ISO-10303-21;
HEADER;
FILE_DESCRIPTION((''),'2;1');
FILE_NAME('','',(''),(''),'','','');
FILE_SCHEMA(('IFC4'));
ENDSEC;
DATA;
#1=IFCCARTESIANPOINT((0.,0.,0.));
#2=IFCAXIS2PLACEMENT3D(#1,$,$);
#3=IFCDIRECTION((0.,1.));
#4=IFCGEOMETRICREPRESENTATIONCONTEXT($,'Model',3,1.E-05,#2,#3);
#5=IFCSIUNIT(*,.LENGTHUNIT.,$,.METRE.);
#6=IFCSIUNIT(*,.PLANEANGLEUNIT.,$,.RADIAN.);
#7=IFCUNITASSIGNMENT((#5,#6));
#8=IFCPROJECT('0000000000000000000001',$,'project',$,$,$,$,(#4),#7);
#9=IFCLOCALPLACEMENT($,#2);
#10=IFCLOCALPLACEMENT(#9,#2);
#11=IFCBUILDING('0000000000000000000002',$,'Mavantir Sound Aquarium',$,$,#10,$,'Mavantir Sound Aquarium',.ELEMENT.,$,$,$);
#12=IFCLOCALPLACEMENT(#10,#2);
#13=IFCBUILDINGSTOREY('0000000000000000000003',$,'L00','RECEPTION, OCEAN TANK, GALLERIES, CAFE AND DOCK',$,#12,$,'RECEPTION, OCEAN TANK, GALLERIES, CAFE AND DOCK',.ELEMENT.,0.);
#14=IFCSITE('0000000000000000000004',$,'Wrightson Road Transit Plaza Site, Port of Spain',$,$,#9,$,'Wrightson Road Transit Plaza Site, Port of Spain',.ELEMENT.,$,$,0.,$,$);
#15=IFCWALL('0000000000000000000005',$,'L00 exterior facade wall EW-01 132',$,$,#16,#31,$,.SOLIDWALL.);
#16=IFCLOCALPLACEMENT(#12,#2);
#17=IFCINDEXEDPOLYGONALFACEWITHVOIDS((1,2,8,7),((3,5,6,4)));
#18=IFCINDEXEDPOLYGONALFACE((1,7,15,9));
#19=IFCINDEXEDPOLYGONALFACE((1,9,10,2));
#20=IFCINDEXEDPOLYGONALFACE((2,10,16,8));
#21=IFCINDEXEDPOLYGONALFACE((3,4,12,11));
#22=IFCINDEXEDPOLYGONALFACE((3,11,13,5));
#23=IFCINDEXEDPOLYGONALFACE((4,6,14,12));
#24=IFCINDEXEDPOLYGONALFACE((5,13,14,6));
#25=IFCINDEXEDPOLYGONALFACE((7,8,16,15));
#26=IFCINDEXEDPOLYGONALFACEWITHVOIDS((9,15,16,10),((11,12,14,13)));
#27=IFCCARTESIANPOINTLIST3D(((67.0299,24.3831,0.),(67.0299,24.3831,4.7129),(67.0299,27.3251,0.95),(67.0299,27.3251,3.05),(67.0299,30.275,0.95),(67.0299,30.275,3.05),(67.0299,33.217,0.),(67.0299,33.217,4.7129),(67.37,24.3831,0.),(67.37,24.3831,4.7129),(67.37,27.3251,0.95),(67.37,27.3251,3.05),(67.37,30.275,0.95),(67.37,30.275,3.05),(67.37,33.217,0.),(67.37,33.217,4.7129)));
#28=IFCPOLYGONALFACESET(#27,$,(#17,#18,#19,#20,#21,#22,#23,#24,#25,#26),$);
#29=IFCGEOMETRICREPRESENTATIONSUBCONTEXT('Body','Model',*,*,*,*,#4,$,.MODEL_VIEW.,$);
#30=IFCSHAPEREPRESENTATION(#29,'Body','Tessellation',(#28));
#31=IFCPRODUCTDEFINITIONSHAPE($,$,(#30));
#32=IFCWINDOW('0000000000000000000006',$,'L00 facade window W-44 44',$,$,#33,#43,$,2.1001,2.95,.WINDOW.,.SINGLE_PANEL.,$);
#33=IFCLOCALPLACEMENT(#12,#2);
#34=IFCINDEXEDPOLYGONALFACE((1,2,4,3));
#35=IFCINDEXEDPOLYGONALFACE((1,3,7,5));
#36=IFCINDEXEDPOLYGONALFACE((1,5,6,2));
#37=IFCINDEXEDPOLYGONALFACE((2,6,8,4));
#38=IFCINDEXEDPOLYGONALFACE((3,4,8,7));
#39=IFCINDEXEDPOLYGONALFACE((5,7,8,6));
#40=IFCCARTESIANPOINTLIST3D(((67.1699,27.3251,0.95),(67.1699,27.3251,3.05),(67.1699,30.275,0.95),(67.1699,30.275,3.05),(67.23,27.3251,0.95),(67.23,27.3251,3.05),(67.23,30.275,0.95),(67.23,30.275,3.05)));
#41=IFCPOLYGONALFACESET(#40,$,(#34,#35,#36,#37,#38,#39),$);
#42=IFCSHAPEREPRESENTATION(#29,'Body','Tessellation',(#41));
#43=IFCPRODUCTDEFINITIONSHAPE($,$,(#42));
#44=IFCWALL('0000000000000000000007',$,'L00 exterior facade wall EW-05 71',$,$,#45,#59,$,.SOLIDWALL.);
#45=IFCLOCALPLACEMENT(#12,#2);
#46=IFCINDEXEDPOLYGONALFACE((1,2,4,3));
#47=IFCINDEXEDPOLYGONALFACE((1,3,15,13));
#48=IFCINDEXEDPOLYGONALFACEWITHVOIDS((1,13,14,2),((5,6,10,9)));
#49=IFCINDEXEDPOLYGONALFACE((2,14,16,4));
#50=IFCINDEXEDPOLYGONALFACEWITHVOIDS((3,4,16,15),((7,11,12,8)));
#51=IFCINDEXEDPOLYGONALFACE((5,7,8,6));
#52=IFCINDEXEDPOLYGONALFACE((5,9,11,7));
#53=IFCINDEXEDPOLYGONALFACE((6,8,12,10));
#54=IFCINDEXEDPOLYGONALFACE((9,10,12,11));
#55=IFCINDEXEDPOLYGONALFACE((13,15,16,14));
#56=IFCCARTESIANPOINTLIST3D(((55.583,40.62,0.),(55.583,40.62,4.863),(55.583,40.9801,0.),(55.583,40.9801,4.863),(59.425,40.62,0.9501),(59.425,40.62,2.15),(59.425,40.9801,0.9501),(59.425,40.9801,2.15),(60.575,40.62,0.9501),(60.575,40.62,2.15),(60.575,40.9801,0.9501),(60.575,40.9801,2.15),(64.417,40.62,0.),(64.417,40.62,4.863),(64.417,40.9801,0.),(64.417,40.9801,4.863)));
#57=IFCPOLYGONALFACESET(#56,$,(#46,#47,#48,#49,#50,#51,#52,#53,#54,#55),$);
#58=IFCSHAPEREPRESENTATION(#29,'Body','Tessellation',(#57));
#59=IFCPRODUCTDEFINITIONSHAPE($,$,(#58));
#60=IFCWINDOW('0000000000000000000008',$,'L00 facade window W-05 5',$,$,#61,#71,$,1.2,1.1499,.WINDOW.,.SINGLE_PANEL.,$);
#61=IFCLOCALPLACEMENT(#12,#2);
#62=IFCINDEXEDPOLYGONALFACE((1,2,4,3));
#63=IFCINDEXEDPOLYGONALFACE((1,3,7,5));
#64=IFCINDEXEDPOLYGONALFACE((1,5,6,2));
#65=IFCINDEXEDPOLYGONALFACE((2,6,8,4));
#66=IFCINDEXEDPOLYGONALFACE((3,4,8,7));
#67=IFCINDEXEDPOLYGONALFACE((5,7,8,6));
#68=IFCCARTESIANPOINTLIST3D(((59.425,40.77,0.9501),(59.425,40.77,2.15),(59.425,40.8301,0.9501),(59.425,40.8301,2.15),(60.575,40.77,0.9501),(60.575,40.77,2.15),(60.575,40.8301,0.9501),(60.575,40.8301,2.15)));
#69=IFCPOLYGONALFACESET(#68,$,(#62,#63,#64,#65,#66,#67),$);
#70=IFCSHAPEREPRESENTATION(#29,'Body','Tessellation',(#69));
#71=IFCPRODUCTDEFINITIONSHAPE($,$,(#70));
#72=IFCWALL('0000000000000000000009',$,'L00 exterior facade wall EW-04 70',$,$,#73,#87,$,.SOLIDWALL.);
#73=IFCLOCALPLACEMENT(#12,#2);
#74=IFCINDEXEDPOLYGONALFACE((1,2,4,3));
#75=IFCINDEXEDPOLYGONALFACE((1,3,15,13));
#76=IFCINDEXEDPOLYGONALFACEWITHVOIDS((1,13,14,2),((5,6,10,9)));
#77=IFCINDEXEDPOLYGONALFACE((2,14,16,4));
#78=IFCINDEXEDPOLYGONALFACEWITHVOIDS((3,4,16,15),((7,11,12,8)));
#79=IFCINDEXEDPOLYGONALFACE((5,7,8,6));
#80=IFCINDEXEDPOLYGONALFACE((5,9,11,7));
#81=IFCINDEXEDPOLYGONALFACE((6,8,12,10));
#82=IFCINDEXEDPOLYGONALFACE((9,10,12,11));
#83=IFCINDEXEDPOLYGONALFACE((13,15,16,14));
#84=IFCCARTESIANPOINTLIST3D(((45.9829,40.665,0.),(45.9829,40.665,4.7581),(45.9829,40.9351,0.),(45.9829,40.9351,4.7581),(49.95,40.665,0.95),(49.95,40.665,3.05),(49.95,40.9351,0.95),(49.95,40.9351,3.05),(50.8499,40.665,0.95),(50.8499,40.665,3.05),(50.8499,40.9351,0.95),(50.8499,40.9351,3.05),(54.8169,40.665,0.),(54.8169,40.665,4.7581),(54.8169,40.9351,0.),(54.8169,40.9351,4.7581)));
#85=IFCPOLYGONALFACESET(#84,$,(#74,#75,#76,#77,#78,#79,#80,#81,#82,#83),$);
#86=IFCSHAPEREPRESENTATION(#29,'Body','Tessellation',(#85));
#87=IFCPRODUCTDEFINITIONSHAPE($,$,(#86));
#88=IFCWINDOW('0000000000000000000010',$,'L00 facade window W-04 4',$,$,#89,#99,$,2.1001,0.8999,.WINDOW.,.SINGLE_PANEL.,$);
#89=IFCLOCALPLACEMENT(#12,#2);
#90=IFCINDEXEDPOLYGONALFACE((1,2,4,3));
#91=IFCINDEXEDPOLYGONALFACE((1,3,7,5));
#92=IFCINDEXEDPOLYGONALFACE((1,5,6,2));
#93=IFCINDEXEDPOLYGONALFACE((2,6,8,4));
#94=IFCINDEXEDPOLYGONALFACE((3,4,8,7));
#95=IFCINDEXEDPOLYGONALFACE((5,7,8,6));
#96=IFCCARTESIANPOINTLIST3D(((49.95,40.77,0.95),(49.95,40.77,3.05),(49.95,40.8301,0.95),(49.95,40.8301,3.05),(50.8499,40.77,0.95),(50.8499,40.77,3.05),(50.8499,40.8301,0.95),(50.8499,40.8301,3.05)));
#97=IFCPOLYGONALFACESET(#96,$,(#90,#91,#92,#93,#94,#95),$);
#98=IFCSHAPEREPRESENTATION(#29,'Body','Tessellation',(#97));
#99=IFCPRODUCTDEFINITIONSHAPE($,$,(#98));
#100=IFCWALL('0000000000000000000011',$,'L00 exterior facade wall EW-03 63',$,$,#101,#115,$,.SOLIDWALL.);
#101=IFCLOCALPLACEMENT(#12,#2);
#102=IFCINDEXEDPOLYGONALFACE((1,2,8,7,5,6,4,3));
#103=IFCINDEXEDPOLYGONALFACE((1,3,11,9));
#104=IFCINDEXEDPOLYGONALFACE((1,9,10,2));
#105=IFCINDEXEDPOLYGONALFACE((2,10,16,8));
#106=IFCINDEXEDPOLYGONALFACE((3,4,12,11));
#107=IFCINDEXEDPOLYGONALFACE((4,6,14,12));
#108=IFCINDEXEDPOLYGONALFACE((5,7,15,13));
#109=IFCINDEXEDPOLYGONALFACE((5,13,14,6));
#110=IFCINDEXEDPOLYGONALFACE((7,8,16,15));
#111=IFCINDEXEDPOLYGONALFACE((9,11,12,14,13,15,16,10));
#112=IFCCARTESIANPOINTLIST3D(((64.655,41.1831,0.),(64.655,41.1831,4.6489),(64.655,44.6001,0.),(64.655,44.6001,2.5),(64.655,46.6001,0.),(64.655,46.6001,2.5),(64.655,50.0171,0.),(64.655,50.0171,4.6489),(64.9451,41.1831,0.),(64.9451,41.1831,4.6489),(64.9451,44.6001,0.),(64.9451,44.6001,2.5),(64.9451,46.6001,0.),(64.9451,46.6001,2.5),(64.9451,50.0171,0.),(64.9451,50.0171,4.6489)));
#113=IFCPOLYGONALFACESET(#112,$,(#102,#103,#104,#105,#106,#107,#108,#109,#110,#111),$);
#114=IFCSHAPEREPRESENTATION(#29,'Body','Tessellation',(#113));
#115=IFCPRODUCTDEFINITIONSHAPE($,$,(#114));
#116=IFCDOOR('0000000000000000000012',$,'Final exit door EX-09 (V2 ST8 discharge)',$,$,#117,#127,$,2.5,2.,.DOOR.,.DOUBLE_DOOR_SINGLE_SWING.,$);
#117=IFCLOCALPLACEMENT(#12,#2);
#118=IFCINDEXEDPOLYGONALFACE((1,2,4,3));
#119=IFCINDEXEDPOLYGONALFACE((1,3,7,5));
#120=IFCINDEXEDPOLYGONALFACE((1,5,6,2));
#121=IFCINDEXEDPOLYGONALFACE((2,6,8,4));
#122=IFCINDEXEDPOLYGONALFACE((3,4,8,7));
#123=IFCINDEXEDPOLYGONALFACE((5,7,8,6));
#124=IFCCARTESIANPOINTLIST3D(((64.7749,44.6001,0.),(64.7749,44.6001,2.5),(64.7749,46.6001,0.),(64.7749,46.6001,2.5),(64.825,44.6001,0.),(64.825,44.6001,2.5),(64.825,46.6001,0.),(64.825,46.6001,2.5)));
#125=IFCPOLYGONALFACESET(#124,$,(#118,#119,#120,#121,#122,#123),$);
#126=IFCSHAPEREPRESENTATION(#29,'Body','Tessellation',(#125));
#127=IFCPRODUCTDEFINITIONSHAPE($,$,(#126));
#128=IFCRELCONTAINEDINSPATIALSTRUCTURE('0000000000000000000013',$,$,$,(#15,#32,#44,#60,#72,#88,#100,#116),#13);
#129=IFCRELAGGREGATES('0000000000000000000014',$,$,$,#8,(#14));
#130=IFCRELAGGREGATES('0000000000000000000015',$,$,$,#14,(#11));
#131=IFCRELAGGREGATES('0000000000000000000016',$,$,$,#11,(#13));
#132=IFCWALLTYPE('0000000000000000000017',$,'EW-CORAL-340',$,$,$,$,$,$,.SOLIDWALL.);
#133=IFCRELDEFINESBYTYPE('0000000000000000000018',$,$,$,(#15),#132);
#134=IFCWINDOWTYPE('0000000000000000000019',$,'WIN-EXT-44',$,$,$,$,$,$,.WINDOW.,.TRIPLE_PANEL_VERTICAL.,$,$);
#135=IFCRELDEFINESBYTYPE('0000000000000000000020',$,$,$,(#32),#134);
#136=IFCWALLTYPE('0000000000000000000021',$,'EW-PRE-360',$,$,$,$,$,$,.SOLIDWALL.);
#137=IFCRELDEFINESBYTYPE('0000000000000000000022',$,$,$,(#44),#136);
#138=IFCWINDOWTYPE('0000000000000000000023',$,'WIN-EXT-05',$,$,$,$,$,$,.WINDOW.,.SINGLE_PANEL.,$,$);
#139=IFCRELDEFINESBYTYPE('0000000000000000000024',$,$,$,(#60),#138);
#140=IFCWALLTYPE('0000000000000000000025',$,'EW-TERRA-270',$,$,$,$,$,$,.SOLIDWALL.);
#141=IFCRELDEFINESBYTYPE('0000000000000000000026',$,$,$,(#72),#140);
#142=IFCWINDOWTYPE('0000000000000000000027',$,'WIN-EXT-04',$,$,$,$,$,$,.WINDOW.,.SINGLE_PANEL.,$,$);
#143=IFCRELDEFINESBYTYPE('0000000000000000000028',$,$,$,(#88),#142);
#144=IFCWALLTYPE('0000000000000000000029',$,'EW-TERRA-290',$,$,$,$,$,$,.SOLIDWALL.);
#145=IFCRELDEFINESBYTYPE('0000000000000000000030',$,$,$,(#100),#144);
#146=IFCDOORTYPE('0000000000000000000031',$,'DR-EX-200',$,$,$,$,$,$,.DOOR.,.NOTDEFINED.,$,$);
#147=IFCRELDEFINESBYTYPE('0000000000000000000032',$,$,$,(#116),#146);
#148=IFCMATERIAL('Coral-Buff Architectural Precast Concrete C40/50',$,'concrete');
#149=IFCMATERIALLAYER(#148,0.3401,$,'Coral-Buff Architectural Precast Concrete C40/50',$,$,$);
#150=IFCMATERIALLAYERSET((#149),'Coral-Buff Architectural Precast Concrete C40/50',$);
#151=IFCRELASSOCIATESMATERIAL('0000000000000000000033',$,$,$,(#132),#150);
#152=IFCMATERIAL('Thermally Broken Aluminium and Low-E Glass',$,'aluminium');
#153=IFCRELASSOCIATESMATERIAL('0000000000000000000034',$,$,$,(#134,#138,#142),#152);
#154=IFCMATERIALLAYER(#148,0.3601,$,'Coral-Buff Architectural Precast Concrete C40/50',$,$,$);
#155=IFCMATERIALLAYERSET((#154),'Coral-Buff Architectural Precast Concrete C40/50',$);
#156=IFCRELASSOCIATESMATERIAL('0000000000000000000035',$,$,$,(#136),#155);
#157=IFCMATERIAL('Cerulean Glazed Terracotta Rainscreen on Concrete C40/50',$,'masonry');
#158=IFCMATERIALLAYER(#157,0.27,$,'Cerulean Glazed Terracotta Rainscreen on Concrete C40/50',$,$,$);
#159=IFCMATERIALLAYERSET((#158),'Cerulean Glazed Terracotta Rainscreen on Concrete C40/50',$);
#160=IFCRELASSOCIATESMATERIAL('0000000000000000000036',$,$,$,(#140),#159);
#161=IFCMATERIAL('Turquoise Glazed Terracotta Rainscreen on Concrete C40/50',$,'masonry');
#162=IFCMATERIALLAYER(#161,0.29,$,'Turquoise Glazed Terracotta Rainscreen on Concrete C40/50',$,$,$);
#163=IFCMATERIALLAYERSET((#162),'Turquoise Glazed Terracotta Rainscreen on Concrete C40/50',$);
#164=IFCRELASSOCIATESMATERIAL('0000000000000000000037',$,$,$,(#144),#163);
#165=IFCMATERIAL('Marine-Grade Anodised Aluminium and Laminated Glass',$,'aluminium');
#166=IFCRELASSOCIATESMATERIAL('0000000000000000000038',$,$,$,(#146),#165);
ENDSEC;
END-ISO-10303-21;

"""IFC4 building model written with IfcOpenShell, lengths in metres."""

from ifc_helpers import new_model, si_unit, direction, frame, frame_2d, origin, place, context, subcontext, project, spatial, rectangle, extrude, material, layer, layer_set, type_object, element, fill, save


model = new_model("IFC4")

# Units and contexts
model_context = context("Model", 3, precision=1e-05, world=origin(), true_north=direction((0.0, 1.0)))
body_context = subcontext(model_context, "Body", "Model", "MODEL_VIEW")
ifc_project = project(units=[si_unit("LENGTHUNIT", "METRE"), si_unit("PLANEANGLEUNIT", "RADIAN")], contexts=[model_context])

# Site, building, storey
site_placement = place(None, origin())
site = spatial("IfcSite", under=ifc_project, at=site_placement, Name="Wrightson Road Transit Plaza Site, Port of Spain", LongName="Wrightson Road Transit Plaza Site, Port of Spain", CompositionType="ELEMENT", RefElevation=0.0)
building_placement = place(site_placement, origin())
building = spatial("IfcBuilding", under=site, at=building_placement, Name="Mavantir Sound Aquarium", LongName="Mavantir Sound Aquarium", CompositionType="ELEMENT")
storey_placement = place(building_placement, origin())
storey = spatial("IfcBuildingStorey", under=building, at=storey_placement, Name="L00", Description="RECEPTION, OCEAN TANK, GALLERIES, CAFE AND DOCK", LongName="RECEPTION, OCEAN TANK, GALLERIES, CAFE AND DOCK", CompositionType="ELEMENT", Elevation=0.0)

# Walls, openings, windows
ifc_material_1 = material(Name="Coral-Buff Architectural Precast Concrete C40/50", Category="concrete")
ifc_layer_1 = layer(ifc_material_1, 0.3401, Name="Coral-Buff Architectural Precast Concrete C40/50")
ifc_layer_set_1 = layer_set([ifc_layer_1], Name="Coral-Buff Architectural Precast Concrete C40/50")
wall_type_1 = type_object("IfcWallType", Name="EW-CORAL-340", PredefinedType="SOLIDWALL", material=ifc_layer_set_1)
ifc_material_2 = material(Name="Thermally Broken Aluminium and Low-E Glass", Category="aluminium")
wall_1_placement = place(storey_placement, frame((67.2, 33.217, 0.0), z_axis=(0.0, 0.0, 1.0), x_axis=(0.0, -1.0, 0.0)))
wall_1 = element("IfcWall", 1, at=wall_1_placement, inside=storey, type_object=wall_type_1, Name="L00 exterior facade wall EW-01 132", PredefinedType="SOLIDWALL", context=body_context, shape_type="SweptSolid", body=[
    extrude(rectangle(XDim=8.834, YDim=0.3401, at=frame_2d((4.417, 0.0))), origin(), (0.0, 0.0, 1.0), 4.7129),
])
opening_1_placement = place(wall_1_placement, frame((2.9419, 0.0, 0.95)))
opening_1 = element("IfcOpeningElement", 2, at=opening_1_placement, cuts=wall_1, PredefinedType="OPENING", context=body_context, shape_type="SweptSolid", body=[
    extrude(rectangle(XDim=2.95, YDim=2.1001, at=frame_2d((1.4751, 1.05))), frame((0.0, 0.1802, 0.0), z_axis=(0.0, -1.0, 0.0), x_axis=(1.0, 0.0, 0.0)), (0.0, 0.0, 1.0), 0.3601),
])
window_type_1 = type_object("IfcWindowType", Name="WIN-EXT-44", PartitioningType="TRIPLE_PANEL_VERTICAL", PredefinedType="WINDOW", material=ifc_material_2)
window_1_placement = place(opening_1_placement, origin())
window_1 = element("IfcWindow", 3, at=window_1_placement, inside=storey, type_object=window_type_1, Name="L00 facade window W-44 44", OverallHeight=2.1001, OverallWidth=2.95, PartitioningType="SINGLE_PANEL", PredefinedType="WINDOW", context=body_context, shape_type="SweptSolid", body=[
    extrude(rectangle(XDim=2.95, YDim=2.1001, at=frame_2d((1.4751, 1.05))), frame((0.0, 0.03, 0.0), z_axis=(0.0, -1.0, 0.0), x_axis=(1.0, 0.0, 0.0)), (0.0, 0.0, 1.0), 0.0601),
])
fill(opening_1, window_1)
ifc_layer_2 = layer(ifc_material_1, 0.3601, Name="Coral-Buff Architectural Precast Concrete C40/50")
ifc_layer_set_2 = layer_set([ifc_layer_2], Name="Coral-Buff Architectural Precast Concrete C40/50")
wall_type_2 = type_object("IfcWallType", Name="EW-PRE-360", PredefinedType="SOLIDWALL", material=ifc_layer_set_2)
wall_2_placement = place(storey_placement, frame((55.583, 40.8, 0.0), z_axis=(0.0, 0.0, 1.0), x_axis=(1.0, 0.0, 0.0)))
wall_2 = element("IfcWall", 4, at=wall_2_placement, inside=storey, type_object=wall_type_2, Name="L00 exterior facade wall EW-05 71", PredefinedType="SOLIDWALL", context=body_context, shape_type="SweptSolid", body=[
    extrude(rectangle(XDim=8.834, YDim=0.3601, at=frame_2d((4.417, 0.0))), origin(), (0.0, 0.0, 1.0), 4.863),
])
opening_2_placement = place(wall_2_placement, frame((3.842, 0.0, 0.95)))
opening_2 = element("IfcOpeningElement", 5, at=opening_2_placement, cuts=wall_2, PredefinedType="OPENING", context=body_context, shape_type="SweptSolid", body=[
    extrude(rectangle(XDim=1.1499, YDim=1.2, at=frame_2d((0.575, 0.6001))), frame((0.0, 0.1899, 0.0), z_axis=(0.0, -1.0, 0.0), x_axis=(1.0, 0.0, 0.0)), (0.0, 0.0, 1.0), 0.3801),
])
window_type_2 = type_object("IfcWindowType", Name="WIN-EXT-05", PartitioningType="SINGLE_PANEL", PredefinedType="WINDOW", material=ifc_material_2)
window_2_placement = place(opening_2_placement, origin())
window_2 = element("IfcWindow", 6, at=window_2_placement, inside=storey, type_object=window_type_2, Name="L00 facade window W-05 5", OverallHeight=1.2, OverallWidth=1.1499, PartitioningType="SINGLE_PANEL", PredefinedType="WINDOW", context=body_context, shape_type="SweptSolid", body=[
    extrude(rectangle(XDim=1.1499, YDim=1.2, at=frame_2d((0.575, 0.6001))), frame((0.0, 0.03, 0.0), z_axis=(0.0, -1.0, 0.0), x_axis=(1.0, 0.0, 0.0)), (0.0, 0.0, 1.0), 0.0601),
])
fill(opening_2, window_2)
ifc_material_3 = material(Name="Cerulean Glazed Terracotta Rainscreen on Concrete C40/50", Category="masonry")
ifc_layer_3 = layer(ifc_material_3, 0.27, Name="Cerulean Glazed Terracotta Rainscreen on Concrete C40/50")
ifc_layer_set_3 = layer_set([ifc_layer_3], Name="Cerulean Glazed Terracotta Rainscreen on Concrete C40/50")
wall_type_3 = type_object("IfcWallType", Name="EW-TERRA-270", PredefinedType="SOLIDWALL", material=ifc_layer_set_3)
wall_3_placement = place(storey_placement, frame((45.9829, 40.8, 0.0), z_axis=(0.0, 0.0, 1.0), x_axis=(1.0, 0.0, 0.0)))
wall_3 = element("IfcWall", 7, at=wall_3_placement, inside=storey, type_object=wall_type_3, Name="L00 exterior facade wall EW-04 70", PredefinedType="SOLIDWALL", context=body_context, shape_type="SweptSolid", body=[
    extrude(rectangle(XDim=8.834, YDim=0.27, at=frame_2d((4.417, 0.0))), origin(), (0.0, 0.0, 1.0), 4.7581),
])
opening_3_placement = place(wall_3_placement, frame((3.967, 0.0, 0.95)))
opening_3 = element("IfcOpeningElement", 8, at=opening_3_placement, cuts=wall_3, PredefinedType="OPENING", context=body_context, shape_type="SweptSolid", body=[
    extrude(rectangle(XDim=0.8999, YDim=2.1001, at=frame_2d((0.45, 1.05))), frame((0.0, 0.145, 0.0), z_axis=(0.0, -1.0, 0.0), x_axis=(1.0, 0.0, 0.0)), (0.0, 0.0, 1.0), 0.29),
])
window_type_3 = type_object("IfcWindowType", Name="WIN-EXT-04", PartitioningType="SINGLE_PANEL", PredefinedType="WINDOW", material=ifc_material_2)
window_3_placement = place(opening_3_placement, origin())
window_3 = element("IfcWindow", 9, at=window_3_placement, inside=storey, type_object=window_type_3, Name="L00 facade window W-04 4", OverallHeight=2.1001, OverallWidth=0.8999, PartitioningType="SINGLE_PANEL", PredefinedType="WINDOW", context=body_context, shape_type="SweptSolid", body=[
    extrude(rectangle(XDim=0.8999, YDim=2.1001, at=frame_2d((0.45, 1.05))), frame((0.0, 0.03, 0.0), z_axis=(0.0, -1.0, 0.0), x_axis=(1.0, 0.0, 0.0)), (0.0, 0.0, 1.0), 0.0601),
])
fill(opening_3, window_3)

# Wall, opening, door
ifc_material_4 = material(Name="Turquoise Glazed Terracotta Rainscreen on Concrete C40/50", Category="masonry")
ifc_layer_4 = layer(ifc_material_4, 0.29, Name="Turquoise Glazed Terracotta Rainscreen on Concrete C40/50")
ifc_layer_set_4 = layer_set([ifc_layer_4], Name="Turquoise Glazed Terracotta Rainscreen on Concrete C40/50")
wall_type_4 = type_object("IfcWallType", Name="EW-TERRA-290", PredefinedType="SOLIDWALL", material=ifc_layer_set_4)
wall_4_placement = place(storey_placement, frame((64.8, 41.1831, 0.0), z_axis=(0.0, 0.0, 1.0), x_axis=(0.0, 1.0, 0.0)))
wall_4 = element("IfcWall", 10, at=wall_4_placement, inside=storey, type_object=wall_type_4, Name="L00 exterior facade wall EW-03 63", PredefinedType="SOLIDWALL", context=body_context, shape_type="SweptSolid", body=[
    extrude(rectangle(XDim=8.834, YDim=0.29, at=frame_2d((4.417, 0.0))), origin(), (0.0, 0.0, 1.0), 4.6489),
])
opening_4_placement = place(wall_4_placement, frame((5.417, 0.0, 0.0), z_axis=(0.0, 0.0, 1.0), x_axis=(-1.0, 0.0, 0.0)))
opening_4 = element("IfcOpeningElement", 11, at=opening_4_placement, cuts=wall_4, PredefinedType="OPENING", context=body_context, shape_type="SweptSolid", body=[
    extrude(rectangle(XDim=2.0, YDim=2.5, at=frame_2d((1.0, 1.25))), frame((0.0, 0.155, 0.0), z_axis=(0.0, -1.0, 0.0), x_axis=(1.0, 0.0, 0.0)), (0.0, 0.0, 1.0), 0.3101),
])
ifc_material_5 = material(Name="Marine-Grade Anodised Aluminium and Laminated Glass", Category="aluminium")
door_type = type_object("IfcDoorType", Name="DR-EX-200", OperationType="NOTDEFINED", PredefinedType="DOOR", material=ifc_material_5)
door_placement = place(opening_4_placement, origin())
door = element("IfcDoor", 12, at=door_placement, inside=storey, type_object=door_type, Name="Final exit door EX-09 (V2 ST8 discharge)", OperationType="DOUBLE_DOOR_SINGLE_SWING", OverallHeight=2.5, OverallWidth=2.0, PredefinedType="DOOR", context=body_context, shape_type="SweptSolid", body=[
    extrude(rectangle(XDim=2.0, YDim=2.5, at=frame_2d((1.0, 1.25))), frame((0.0, 0.0249, 0.0), z_axis=(0.0, -1.0, 0.0), x_axis=(1.0, 0.0, 0.0)), (0.0, 0.0, 1.0), 0.05),
])
fill(opening_4, door)

save(model, "model.ifc")
